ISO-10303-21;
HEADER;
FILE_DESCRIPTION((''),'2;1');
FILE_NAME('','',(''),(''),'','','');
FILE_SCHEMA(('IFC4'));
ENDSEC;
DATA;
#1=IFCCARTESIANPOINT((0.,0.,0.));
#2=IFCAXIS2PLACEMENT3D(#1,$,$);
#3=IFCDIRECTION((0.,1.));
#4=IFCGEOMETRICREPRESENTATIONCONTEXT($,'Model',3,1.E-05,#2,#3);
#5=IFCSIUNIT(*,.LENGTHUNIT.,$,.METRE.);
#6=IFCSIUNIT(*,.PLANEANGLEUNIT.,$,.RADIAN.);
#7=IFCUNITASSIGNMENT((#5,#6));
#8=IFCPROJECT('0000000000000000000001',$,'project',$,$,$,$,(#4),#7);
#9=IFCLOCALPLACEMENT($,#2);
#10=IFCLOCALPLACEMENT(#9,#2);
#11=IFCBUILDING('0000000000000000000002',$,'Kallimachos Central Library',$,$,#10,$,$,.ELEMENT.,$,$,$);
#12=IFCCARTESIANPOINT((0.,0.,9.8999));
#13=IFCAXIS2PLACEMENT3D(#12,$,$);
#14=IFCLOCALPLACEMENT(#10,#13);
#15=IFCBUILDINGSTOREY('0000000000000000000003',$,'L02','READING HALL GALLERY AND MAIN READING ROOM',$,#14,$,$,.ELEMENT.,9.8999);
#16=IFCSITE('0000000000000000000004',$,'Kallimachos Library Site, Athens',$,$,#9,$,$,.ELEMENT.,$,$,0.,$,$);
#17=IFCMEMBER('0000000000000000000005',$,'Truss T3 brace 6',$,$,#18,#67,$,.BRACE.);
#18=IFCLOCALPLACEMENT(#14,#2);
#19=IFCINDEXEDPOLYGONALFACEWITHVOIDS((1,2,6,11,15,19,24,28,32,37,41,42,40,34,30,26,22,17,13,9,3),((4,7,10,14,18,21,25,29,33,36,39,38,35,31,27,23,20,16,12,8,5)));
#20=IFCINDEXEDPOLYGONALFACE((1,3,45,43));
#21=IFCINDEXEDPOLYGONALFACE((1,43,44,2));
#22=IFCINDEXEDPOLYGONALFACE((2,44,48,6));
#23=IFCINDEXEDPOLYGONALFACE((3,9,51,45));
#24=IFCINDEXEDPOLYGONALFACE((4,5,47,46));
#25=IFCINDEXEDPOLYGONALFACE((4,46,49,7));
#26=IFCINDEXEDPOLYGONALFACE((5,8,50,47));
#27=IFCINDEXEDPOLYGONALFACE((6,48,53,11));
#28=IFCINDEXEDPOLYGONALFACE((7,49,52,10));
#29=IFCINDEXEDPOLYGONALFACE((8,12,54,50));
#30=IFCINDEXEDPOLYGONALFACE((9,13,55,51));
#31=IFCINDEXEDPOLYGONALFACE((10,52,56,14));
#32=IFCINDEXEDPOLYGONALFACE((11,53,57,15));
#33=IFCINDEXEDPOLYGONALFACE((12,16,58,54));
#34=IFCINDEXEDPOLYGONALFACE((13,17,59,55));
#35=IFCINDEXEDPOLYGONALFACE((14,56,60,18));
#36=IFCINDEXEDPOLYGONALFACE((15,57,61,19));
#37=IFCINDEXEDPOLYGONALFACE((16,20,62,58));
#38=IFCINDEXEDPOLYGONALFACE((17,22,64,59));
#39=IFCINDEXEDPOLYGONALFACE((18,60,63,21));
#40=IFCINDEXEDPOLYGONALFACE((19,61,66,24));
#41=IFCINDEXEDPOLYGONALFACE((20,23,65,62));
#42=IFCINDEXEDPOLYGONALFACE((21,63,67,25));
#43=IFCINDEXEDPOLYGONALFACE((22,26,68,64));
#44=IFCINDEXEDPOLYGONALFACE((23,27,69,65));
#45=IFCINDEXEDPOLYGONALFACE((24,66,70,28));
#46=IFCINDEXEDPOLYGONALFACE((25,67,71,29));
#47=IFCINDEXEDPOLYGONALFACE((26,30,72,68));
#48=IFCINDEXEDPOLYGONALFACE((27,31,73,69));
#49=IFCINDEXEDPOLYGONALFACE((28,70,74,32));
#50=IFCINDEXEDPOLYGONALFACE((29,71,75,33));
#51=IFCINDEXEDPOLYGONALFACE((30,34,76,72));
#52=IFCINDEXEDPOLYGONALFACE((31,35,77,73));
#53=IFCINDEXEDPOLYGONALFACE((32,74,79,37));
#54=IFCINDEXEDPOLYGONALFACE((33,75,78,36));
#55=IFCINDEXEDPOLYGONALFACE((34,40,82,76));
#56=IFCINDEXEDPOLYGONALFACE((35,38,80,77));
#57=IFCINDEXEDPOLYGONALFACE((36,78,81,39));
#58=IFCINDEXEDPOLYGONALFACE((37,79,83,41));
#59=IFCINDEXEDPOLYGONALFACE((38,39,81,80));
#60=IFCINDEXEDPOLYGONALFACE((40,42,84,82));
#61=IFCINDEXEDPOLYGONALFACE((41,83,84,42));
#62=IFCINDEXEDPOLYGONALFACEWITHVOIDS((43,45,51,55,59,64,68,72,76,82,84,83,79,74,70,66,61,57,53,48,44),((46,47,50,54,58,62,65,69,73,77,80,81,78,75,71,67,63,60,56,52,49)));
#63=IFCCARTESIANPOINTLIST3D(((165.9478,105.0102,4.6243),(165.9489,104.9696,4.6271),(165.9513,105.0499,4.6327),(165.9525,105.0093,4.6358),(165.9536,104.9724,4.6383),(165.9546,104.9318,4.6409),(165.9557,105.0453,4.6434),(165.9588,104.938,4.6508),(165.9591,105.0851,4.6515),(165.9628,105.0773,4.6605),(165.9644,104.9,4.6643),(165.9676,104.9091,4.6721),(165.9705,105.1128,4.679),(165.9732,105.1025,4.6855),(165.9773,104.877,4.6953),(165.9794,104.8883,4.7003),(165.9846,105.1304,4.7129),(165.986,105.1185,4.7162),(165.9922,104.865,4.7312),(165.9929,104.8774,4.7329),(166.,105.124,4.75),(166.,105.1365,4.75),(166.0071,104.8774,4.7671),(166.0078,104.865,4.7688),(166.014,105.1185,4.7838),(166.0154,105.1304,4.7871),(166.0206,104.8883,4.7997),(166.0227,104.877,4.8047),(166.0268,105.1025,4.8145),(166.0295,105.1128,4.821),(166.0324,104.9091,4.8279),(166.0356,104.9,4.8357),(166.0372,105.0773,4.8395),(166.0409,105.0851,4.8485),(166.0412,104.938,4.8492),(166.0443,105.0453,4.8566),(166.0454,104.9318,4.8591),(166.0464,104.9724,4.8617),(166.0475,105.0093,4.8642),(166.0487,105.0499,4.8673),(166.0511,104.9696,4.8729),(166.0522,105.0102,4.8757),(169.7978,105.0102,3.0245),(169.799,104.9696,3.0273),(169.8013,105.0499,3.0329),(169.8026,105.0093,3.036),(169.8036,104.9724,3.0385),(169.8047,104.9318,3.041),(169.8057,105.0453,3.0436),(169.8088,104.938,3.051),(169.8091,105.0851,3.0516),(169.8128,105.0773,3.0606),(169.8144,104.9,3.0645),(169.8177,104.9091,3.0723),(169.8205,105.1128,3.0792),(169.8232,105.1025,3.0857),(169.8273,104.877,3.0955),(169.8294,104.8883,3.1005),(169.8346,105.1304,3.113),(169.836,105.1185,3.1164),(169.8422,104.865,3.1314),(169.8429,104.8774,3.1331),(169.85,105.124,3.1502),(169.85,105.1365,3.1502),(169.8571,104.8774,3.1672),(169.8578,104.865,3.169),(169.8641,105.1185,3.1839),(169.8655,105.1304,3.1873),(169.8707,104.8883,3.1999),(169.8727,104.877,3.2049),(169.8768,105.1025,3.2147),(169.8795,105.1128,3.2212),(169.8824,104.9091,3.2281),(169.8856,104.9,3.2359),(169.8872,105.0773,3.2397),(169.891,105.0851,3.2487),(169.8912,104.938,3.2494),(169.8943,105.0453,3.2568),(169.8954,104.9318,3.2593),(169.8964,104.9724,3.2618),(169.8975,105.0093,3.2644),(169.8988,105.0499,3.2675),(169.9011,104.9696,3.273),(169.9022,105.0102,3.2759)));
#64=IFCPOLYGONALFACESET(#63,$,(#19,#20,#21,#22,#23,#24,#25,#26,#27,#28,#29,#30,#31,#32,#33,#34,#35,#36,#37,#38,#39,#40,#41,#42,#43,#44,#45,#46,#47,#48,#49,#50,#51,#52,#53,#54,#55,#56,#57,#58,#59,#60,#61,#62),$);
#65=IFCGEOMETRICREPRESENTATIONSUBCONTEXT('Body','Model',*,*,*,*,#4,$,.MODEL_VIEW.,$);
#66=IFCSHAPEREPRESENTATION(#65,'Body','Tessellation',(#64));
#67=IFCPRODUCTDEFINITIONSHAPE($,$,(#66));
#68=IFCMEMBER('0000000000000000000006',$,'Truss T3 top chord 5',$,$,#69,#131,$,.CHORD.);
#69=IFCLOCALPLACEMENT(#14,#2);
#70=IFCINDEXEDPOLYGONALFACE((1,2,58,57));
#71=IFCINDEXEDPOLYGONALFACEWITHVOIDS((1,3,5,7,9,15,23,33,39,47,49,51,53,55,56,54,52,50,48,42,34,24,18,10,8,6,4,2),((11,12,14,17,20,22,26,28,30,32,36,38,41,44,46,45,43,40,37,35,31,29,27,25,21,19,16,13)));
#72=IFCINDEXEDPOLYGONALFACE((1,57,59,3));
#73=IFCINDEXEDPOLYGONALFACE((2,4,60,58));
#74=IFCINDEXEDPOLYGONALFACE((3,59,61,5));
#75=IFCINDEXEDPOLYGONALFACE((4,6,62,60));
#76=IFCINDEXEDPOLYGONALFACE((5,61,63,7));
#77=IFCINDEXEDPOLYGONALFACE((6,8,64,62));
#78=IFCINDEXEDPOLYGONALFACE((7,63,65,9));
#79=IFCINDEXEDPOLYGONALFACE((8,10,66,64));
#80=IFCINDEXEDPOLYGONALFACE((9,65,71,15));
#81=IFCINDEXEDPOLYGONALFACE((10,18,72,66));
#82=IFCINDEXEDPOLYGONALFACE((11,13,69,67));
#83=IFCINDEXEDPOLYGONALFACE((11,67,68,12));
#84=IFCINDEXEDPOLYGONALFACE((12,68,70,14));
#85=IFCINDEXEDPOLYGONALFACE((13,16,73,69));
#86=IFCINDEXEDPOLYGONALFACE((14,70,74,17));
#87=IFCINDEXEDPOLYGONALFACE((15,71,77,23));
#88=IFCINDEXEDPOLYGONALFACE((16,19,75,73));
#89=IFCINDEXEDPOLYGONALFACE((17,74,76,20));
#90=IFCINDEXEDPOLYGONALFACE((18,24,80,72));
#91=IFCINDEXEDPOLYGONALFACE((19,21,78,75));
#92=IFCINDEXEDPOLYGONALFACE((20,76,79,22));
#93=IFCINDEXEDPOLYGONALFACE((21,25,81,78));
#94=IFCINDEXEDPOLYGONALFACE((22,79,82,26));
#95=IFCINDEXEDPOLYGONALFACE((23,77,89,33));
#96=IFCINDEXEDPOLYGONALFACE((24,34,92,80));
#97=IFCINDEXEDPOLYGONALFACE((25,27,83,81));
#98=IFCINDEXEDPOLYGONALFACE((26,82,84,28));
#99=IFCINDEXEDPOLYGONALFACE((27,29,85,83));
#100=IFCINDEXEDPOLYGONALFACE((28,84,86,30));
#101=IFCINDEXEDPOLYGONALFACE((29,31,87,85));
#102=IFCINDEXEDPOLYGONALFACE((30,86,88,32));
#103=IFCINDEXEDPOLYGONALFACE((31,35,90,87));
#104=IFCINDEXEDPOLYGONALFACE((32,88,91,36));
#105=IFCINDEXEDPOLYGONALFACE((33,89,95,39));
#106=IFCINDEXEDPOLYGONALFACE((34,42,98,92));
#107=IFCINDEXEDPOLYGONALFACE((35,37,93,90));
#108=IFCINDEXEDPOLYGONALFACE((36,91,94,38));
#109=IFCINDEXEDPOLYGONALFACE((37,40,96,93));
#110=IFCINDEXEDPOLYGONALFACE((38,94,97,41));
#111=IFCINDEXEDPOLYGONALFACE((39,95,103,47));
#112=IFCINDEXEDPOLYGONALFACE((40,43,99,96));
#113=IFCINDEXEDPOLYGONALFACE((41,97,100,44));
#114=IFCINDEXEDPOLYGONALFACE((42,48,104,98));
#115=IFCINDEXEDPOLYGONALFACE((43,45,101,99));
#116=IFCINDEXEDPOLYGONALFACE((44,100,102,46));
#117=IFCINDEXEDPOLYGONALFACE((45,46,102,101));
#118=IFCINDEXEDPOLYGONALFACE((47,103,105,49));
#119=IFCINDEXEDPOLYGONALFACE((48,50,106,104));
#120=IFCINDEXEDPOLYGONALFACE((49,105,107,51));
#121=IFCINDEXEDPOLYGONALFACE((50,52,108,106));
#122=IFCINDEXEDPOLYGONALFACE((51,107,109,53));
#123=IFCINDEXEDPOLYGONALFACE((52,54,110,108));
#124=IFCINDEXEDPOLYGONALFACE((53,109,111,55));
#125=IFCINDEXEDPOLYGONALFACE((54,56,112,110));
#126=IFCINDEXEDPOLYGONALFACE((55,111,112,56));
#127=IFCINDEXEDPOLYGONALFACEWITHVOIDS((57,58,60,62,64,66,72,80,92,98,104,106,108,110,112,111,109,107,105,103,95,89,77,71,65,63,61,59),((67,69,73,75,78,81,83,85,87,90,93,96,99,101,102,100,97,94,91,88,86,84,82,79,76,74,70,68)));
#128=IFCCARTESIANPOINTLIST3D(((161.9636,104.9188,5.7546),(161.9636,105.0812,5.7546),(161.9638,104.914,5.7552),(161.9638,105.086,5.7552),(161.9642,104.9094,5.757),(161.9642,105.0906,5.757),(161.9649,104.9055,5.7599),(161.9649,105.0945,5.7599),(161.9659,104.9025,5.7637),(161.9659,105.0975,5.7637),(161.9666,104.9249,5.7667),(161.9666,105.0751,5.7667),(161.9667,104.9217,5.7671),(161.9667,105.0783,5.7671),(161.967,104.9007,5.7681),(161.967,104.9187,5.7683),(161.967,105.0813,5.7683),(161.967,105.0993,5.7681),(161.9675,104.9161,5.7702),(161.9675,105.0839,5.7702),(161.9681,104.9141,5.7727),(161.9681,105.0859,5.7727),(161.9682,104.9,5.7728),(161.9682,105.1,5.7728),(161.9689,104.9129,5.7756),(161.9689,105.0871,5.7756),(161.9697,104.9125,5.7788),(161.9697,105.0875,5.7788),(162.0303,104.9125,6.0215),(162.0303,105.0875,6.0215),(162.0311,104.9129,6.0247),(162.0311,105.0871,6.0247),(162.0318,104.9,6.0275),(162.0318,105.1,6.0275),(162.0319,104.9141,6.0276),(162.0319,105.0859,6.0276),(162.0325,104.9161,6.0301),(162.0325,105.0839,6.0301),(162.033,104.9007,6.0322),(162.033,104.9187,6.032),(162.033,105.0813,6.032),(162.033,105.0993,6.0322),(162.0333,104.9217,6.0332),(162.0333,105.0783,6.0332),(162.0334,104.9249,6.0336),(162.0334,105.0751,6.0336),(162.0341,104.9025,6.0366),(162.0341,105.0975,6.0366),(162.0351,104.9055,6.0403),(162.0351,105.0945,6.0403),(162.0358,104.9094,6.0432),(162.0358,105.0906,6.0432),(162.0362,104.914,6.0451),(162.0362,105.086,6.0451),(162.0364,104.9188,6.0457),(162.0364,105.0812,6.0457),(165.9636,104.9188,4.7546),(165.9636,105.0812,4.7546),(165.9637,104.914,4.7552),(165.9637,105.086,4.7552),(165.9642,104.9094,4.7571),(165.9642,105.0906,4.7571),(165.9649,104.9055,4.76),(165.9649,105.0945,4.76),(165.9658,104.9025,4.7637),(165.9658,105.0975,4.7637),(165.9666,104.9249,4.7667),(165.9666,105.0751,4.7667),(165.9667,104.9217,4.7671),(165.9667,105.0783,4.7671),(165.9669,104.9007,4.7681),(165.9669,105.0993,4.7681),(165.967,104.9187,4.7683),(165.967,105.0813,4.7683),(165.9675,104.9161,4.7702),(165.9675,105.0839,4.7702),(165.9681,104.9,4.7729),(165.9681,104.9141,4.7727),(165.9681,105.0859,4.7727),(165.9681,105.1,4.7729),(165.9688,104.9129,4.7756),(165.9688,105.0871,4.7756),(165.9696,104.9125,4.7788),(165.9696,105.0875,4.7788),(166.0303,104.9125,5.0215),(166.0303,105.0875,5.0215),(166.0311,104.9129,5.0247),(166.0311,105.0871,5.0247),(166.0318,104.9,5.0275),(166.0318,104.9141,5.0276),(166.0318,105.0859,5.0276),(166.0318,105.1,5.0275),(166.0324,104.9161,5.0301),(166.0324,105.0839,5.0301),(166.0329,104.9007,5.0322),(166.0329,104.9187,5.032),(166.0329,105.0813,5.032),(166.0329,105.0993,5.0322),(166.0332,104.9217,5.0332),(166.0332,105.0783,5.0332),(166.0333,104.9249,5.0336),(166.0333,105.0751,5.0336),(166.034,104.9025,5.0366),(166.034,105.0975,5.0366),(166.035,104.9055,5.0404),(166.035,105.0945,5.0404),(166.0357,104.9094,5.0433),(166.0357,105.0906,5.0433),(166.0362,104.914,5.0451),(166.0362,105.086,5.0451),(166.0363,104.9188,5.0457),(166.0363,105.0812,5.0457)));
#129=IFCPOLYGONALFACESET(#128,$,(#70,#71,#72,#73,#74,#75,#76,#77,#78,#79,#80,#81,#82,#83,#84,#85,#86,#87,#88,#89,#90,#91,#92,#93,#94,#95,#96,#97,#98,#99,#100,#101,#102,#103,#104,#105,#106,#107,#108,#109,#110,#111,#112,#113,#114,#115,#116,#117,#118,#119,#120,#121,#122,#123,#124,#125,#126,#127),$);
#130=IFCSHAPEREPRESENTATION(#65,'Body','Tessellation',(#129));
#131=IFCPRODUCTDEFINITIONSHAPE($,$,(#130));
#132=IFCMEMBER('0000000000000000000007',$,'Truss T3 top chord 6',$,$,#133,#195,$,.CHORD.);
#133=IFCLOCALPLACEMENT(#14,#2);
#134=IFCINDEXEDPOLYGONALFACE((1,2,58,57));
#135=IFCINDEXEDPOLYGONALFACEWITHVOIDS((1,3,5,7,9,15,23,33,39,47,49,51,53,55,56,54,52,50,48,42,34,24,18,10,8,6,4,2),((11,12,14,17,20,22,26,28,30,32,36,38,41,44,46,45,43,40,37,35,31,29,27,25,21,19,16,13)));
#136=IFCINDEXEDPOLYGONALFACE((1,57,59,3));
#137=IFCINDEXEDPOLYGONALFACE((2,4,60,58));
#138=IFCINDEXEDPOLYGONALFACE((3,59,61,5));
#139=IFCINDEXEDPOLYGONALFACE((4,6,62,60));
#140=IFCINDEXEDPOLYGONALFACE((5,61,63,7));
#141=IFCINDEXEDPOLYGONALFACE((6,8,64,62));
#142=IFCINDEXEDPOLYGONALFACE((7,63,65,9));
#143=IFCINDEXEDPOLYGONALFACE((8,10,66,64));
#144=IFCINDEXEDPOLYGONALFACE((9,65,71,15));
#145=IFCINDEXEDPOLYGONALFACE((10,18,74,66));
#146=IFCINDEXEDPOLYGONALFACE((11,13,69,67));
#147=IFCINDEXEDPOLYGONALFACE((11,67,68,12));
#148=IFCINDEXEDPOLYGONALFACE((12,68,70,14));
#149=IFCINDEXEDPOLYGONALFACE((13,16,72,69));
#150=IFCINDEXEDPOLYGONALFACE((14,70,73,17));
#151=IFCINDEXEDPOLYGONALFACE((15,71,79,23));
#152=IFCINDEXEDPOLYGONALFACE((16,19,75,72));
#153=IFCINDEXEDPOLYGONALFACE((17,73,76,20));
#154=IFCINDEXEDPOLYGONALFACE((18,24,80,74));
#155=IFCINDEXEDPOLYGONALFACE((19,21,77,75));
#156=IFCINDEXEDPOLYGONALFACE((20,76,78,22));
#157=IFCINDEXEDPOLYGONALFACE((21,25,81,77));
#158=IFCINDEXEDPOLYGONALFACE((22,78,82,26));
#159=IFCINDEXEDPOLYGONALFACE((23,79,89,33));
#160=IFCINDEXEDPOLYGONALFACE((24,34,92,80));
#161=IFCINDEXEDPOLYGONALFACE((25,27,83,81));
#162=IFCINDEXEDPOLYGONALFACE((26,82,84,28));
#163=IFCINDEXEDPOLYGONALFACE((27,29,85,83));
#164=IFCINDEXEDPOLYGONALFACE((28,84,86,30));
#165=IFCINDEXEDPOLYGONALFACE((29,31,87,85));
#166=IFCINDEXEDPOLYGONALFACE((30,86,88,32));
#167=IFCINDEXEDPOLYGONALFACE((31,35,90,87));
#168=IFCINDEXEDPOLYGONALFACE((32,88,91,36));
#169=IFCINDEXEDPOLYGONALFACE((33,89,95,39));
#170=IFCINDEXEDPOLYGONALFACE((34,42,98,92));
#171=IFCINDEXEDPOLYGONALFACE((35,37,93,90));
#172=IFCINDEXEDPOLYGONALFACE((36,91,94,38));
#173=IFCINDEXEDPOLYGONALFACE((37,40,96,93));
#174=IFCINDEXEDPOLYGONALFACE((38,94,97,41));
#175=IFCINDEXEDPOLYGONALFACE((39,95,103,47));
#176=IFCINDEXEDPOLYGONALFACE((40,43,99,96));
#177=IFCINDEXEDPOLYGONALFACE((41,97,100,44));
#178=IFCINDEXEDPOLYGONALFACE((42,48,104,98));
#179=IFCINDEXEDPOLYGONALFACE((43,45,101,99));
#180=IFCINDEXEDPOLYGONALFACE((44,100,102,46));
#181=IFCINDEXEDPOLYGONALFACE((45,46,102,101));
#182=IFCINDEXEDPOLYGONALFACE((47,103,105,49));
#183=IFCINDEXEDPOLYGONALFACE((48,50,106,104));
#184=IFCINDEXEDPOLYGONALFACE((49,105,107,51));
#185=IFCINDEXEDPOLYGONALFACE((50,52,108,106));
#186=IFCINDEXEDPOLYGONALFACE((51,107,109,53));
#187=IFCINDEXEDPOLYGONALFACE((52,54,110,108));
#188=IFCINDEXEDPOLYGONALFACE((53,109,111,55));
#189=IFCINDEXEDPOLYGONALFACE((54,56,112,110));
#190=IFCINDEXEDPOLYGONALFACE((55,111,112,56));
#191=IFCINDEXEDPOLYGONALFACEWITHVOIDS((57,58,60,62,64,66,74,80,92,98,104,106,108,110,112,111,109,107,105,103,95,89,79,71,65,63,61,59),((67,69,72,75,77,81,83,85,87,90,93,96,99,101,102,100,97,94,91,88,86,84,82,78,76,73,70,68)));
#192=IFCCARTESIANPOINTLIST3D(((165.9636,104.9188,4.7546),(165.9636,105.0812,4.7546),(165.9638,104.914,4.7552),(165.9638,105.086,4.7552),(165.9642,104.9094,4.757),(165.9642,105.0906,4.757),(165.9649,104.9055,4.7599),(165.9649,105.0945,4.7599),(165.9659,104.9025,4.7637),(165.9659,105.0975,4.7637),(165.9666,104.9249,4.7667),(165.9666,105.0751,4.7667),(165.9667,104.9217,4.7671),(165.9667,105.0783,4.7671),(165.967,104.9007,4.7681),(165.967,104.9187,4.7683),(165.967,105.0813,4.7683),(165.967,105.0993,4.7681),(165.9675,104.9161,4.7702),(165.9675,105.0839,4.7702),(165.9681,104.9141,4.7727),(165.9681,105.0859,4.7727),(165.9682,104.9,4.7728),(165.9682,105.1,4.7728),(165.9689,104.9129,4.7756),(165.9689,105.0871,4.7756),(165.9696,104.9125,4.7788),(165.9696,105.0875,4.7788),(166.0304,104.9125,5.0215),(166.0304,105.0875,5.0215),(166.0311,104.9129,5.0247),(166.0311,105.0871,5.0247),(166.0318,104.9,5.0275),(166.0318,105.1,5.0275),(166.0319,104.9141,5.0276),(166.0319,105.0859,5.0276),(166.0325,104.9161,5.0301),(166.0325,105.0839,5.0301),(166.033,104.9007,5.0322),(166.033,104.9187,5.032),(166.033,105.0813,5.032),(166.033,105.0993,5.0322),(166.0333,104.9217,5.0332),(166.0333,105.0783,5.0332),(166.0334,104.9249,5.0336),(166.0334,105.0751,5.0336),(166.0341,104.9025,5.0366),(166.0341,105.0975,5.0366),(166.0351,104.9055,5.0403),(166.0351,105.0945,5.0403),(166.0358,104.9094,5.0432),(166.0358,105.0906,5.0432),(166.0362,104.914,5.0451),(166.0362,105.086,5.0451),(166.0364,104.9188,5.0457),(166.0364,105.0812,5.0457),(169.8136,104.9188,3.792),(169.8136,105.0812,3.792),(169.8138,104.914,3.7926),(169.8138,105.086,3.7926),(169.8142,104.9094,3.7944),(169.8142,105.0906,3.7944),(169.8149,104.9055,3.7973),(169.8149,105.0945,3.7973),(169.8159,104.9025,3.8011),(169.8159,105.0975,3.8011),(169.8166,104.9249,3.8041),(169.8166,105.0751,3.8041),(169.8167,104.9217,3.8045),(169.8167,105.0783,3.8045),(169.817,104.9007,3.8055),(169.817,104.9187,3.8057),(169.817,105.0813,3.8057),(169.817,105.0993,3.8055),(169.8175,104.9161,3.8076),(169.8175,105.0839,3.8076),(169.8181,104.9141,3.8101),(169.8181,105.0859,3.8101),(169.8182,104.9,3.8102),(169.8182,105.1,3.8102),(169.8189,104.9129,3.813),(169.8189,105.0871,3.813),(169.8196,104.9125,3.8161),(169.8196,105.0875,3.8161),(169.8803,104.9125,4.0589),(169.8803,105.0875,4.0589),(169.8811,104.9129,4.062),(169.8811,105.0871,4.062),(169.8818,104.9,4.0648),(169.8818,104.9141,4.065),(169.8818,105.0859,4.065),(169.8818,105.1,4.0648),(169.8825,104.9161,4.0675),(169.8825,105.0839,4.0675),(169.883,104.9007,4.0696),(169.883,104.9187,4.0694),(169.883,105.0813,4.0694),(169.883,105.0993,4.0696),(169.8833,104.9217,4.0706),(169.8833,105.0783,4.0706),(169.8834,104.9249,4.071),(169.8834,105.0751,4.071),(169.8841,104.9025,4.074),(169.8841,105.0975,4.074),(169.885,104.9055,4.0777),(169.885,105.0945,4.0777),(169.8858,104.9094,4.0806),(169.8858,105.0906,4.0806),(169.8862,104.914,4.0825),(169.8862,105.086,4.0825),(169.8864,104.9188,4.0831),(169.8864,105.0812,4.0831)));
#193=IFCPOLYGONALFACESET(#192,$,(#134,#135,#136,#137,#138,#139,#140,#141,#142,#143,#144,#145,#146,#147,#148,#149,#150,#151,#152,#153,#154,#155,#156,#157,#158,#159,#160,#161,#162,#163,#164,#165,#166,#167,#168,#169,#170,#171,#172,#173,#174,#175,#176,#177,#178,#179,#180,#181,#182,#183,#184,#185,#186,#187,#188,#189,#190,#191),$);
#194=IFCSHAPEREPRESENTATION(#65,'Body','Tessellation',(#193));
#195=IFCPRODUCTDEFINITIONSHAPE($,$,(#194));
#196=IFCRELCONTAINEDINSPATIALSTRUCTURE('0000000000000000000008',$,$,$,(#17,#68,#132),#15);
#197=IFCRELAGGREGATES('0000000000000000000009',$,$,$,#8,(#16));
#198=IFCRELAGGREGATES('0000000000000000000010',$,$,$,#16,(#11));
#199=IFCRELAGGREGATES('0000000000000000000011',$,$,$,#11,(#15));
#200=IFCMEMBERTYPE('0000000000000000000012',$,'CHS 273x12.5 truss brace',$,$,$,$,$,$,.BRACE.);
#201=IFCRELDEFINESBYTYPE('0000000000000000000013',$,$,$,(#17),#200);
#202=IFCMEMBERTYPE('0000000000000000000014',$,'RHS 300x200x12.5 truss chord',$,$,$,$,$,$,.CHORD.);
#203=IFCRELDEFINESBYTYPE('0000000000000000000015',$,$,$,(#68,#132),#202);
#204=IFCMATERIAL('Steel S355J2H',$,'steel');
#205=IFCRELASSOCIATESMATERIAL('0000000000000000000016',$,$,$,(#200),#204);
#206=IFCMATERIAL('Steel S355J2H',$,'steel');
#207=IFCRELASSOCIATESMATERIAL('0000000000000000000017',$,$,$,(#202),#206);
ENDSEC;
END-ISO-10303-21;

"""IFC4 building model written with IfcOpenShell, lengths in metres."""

from ifc_helpers import new_model, si_unit, direction, frame, origin, origin_2d, place, context, subcontext, project, spatial, hollow_rectangle, hollow_circle, extrude, material, material_profile, profile_set, type_object, element, save


model = new_model("IFC4")

# Units and contexts
model_context = context("Model", 3, precision=1e-05, world=origin(), true_north=direction((0.0, 1.0)))
body_context = subcontext(model_context, "Body", "Model", "MODEL_VIEW")
ifc_project = project(units=[si_unit("LENGTHUNIT", "METRE"), si_unit("PLANEANGLEUNIT", "RADIAN")], contexts=[model_context])

# Site, building, storey
site_placement = place(None, origin())
site = spatial("IfcSite", under=ifc_project, at=site_placement, Name="Kallimachos Library Site, Athens", CompositionType="ELEMENT", RefElevation=0.0)
building_placement = place(site_placement, origin())
building = spatial("IfcBuilding", under=site, at=building_placement, Name="Kallimachos Central Library", CompositionType="ELEMENT")
storey_placement = place(building_placement, frame((0.0, 0.0, 9.8999)))
storey = spatial("IfcBuildingStorey", under=building, at=storey_placement, Name="L02", Description="READING HALL GALLERY AND MAIN READING ROOM", CompositionType="ELEMENT", Elevation=9.8999)

# Members
ifc_material_1 = material(Name="Steel S355J2H", Category="steel")
ifc_material_profile_1 = material_profile(ifc_material_1, hollow_circle(Radius=0.1365, WallThickness=0.0125, at=origin_2d()), Name="CHS 273x12.5")
ifc_profile_set_1 = profile_set([ifc_material_profile_1], Name="Steel S355J2H")
member_type_1 = type_object("IfcMemberType", Name="CHS 273x12.5 truss brace", PredefinedType="BRACE", material=ifc_profile_set_1)
member_1_placement = place(storey_placement, frame((166.0, 105.0, 4.75), z_axis=(0.923447, 0.0, -0.383725), x_axis=(0.0, 1.0, 0.0)))
element("IfcMember", 1, at=member_1_placement, inside=storey, type_object=member_type_1, Name="Truss T3 brace 6", PredefinedType="BRACE", context=body_context, shape_type="SweptSolid", body=[
    extrude(hollow_circle(Radius=0.1365, WallThickness=0.0125, at=origin_2d()), origin(), (0.0, 0.0, 1.0), 4.1692),
])
ifc_material_2 = material(Name="Steel S355J2H", Category="steel")
ifc_material_profile_2 = material_profile(ifc_material_2, hollow_rectangle(XDim=0.2, YDim=0.3, WallThickness=0.0125, InnerFilletRadius=0.0125, OuterFilletRadius=0.0188, at=origin_2d()), Name="RHS 300x200x12.5")
ifc_profile_set_2 = profile_set([ifc_material_profile_2], Name="Steel S355J2H")
member_type_2 = type_object("IfcMemberType", Name="RHS 300x200x12.5 truss chord", PredefinedType="CHORD", material=ifc_profile_set_2)
member_2_placement = place(storey_placement, frame((162.0, 105.0, 5.9001), z_axis=(0.970143, 0.0, -0.242536), x_axis=(0.0, 1.0, 0.0)))
element("IfcMember", 2, at=member_2_placement, inside=storey, type_object=member_type_2, Name="Truss T3 top chord 5", PredefinedType="CHORD", context=body_context, shape_type="SweptSolid", body=[
    extrude(hollow_rectangle(XDim=0.2, YDim=0.3, WallThickness=0.0125, InnerFilletRadius=0.0125, OuterFilletRadius=0.0188, at=origin_2d()), origin(), (0.0, 0.0, 1.0), 4.123),
])
member_3_placement = place(storey_placement, frame((166.0, 105.0, 4.9001), z_axis=(0.970135, 0.0, -0.242565), x_axis=(0.0, 1.0, 0.0)))
element("IfcMember", 3, at=member_3_placement, inside=storey, type_object=member_type_2, Name="Truss T3 top chord 6", PredefinedType="CHORD", context=body_context, shape_type="SweptSolid", body=[
    extrude(hollow_rectangle(XDim=0.2, YDim=0.3, WallThickness=0.0125, InnerFilletRadius=0.0125, OuterFilletRadius=0.0188, at=origin_2d()), origin(), (0.0, 0.0, 1.0), 3.9685),
])

save(model, "model.ifc")
